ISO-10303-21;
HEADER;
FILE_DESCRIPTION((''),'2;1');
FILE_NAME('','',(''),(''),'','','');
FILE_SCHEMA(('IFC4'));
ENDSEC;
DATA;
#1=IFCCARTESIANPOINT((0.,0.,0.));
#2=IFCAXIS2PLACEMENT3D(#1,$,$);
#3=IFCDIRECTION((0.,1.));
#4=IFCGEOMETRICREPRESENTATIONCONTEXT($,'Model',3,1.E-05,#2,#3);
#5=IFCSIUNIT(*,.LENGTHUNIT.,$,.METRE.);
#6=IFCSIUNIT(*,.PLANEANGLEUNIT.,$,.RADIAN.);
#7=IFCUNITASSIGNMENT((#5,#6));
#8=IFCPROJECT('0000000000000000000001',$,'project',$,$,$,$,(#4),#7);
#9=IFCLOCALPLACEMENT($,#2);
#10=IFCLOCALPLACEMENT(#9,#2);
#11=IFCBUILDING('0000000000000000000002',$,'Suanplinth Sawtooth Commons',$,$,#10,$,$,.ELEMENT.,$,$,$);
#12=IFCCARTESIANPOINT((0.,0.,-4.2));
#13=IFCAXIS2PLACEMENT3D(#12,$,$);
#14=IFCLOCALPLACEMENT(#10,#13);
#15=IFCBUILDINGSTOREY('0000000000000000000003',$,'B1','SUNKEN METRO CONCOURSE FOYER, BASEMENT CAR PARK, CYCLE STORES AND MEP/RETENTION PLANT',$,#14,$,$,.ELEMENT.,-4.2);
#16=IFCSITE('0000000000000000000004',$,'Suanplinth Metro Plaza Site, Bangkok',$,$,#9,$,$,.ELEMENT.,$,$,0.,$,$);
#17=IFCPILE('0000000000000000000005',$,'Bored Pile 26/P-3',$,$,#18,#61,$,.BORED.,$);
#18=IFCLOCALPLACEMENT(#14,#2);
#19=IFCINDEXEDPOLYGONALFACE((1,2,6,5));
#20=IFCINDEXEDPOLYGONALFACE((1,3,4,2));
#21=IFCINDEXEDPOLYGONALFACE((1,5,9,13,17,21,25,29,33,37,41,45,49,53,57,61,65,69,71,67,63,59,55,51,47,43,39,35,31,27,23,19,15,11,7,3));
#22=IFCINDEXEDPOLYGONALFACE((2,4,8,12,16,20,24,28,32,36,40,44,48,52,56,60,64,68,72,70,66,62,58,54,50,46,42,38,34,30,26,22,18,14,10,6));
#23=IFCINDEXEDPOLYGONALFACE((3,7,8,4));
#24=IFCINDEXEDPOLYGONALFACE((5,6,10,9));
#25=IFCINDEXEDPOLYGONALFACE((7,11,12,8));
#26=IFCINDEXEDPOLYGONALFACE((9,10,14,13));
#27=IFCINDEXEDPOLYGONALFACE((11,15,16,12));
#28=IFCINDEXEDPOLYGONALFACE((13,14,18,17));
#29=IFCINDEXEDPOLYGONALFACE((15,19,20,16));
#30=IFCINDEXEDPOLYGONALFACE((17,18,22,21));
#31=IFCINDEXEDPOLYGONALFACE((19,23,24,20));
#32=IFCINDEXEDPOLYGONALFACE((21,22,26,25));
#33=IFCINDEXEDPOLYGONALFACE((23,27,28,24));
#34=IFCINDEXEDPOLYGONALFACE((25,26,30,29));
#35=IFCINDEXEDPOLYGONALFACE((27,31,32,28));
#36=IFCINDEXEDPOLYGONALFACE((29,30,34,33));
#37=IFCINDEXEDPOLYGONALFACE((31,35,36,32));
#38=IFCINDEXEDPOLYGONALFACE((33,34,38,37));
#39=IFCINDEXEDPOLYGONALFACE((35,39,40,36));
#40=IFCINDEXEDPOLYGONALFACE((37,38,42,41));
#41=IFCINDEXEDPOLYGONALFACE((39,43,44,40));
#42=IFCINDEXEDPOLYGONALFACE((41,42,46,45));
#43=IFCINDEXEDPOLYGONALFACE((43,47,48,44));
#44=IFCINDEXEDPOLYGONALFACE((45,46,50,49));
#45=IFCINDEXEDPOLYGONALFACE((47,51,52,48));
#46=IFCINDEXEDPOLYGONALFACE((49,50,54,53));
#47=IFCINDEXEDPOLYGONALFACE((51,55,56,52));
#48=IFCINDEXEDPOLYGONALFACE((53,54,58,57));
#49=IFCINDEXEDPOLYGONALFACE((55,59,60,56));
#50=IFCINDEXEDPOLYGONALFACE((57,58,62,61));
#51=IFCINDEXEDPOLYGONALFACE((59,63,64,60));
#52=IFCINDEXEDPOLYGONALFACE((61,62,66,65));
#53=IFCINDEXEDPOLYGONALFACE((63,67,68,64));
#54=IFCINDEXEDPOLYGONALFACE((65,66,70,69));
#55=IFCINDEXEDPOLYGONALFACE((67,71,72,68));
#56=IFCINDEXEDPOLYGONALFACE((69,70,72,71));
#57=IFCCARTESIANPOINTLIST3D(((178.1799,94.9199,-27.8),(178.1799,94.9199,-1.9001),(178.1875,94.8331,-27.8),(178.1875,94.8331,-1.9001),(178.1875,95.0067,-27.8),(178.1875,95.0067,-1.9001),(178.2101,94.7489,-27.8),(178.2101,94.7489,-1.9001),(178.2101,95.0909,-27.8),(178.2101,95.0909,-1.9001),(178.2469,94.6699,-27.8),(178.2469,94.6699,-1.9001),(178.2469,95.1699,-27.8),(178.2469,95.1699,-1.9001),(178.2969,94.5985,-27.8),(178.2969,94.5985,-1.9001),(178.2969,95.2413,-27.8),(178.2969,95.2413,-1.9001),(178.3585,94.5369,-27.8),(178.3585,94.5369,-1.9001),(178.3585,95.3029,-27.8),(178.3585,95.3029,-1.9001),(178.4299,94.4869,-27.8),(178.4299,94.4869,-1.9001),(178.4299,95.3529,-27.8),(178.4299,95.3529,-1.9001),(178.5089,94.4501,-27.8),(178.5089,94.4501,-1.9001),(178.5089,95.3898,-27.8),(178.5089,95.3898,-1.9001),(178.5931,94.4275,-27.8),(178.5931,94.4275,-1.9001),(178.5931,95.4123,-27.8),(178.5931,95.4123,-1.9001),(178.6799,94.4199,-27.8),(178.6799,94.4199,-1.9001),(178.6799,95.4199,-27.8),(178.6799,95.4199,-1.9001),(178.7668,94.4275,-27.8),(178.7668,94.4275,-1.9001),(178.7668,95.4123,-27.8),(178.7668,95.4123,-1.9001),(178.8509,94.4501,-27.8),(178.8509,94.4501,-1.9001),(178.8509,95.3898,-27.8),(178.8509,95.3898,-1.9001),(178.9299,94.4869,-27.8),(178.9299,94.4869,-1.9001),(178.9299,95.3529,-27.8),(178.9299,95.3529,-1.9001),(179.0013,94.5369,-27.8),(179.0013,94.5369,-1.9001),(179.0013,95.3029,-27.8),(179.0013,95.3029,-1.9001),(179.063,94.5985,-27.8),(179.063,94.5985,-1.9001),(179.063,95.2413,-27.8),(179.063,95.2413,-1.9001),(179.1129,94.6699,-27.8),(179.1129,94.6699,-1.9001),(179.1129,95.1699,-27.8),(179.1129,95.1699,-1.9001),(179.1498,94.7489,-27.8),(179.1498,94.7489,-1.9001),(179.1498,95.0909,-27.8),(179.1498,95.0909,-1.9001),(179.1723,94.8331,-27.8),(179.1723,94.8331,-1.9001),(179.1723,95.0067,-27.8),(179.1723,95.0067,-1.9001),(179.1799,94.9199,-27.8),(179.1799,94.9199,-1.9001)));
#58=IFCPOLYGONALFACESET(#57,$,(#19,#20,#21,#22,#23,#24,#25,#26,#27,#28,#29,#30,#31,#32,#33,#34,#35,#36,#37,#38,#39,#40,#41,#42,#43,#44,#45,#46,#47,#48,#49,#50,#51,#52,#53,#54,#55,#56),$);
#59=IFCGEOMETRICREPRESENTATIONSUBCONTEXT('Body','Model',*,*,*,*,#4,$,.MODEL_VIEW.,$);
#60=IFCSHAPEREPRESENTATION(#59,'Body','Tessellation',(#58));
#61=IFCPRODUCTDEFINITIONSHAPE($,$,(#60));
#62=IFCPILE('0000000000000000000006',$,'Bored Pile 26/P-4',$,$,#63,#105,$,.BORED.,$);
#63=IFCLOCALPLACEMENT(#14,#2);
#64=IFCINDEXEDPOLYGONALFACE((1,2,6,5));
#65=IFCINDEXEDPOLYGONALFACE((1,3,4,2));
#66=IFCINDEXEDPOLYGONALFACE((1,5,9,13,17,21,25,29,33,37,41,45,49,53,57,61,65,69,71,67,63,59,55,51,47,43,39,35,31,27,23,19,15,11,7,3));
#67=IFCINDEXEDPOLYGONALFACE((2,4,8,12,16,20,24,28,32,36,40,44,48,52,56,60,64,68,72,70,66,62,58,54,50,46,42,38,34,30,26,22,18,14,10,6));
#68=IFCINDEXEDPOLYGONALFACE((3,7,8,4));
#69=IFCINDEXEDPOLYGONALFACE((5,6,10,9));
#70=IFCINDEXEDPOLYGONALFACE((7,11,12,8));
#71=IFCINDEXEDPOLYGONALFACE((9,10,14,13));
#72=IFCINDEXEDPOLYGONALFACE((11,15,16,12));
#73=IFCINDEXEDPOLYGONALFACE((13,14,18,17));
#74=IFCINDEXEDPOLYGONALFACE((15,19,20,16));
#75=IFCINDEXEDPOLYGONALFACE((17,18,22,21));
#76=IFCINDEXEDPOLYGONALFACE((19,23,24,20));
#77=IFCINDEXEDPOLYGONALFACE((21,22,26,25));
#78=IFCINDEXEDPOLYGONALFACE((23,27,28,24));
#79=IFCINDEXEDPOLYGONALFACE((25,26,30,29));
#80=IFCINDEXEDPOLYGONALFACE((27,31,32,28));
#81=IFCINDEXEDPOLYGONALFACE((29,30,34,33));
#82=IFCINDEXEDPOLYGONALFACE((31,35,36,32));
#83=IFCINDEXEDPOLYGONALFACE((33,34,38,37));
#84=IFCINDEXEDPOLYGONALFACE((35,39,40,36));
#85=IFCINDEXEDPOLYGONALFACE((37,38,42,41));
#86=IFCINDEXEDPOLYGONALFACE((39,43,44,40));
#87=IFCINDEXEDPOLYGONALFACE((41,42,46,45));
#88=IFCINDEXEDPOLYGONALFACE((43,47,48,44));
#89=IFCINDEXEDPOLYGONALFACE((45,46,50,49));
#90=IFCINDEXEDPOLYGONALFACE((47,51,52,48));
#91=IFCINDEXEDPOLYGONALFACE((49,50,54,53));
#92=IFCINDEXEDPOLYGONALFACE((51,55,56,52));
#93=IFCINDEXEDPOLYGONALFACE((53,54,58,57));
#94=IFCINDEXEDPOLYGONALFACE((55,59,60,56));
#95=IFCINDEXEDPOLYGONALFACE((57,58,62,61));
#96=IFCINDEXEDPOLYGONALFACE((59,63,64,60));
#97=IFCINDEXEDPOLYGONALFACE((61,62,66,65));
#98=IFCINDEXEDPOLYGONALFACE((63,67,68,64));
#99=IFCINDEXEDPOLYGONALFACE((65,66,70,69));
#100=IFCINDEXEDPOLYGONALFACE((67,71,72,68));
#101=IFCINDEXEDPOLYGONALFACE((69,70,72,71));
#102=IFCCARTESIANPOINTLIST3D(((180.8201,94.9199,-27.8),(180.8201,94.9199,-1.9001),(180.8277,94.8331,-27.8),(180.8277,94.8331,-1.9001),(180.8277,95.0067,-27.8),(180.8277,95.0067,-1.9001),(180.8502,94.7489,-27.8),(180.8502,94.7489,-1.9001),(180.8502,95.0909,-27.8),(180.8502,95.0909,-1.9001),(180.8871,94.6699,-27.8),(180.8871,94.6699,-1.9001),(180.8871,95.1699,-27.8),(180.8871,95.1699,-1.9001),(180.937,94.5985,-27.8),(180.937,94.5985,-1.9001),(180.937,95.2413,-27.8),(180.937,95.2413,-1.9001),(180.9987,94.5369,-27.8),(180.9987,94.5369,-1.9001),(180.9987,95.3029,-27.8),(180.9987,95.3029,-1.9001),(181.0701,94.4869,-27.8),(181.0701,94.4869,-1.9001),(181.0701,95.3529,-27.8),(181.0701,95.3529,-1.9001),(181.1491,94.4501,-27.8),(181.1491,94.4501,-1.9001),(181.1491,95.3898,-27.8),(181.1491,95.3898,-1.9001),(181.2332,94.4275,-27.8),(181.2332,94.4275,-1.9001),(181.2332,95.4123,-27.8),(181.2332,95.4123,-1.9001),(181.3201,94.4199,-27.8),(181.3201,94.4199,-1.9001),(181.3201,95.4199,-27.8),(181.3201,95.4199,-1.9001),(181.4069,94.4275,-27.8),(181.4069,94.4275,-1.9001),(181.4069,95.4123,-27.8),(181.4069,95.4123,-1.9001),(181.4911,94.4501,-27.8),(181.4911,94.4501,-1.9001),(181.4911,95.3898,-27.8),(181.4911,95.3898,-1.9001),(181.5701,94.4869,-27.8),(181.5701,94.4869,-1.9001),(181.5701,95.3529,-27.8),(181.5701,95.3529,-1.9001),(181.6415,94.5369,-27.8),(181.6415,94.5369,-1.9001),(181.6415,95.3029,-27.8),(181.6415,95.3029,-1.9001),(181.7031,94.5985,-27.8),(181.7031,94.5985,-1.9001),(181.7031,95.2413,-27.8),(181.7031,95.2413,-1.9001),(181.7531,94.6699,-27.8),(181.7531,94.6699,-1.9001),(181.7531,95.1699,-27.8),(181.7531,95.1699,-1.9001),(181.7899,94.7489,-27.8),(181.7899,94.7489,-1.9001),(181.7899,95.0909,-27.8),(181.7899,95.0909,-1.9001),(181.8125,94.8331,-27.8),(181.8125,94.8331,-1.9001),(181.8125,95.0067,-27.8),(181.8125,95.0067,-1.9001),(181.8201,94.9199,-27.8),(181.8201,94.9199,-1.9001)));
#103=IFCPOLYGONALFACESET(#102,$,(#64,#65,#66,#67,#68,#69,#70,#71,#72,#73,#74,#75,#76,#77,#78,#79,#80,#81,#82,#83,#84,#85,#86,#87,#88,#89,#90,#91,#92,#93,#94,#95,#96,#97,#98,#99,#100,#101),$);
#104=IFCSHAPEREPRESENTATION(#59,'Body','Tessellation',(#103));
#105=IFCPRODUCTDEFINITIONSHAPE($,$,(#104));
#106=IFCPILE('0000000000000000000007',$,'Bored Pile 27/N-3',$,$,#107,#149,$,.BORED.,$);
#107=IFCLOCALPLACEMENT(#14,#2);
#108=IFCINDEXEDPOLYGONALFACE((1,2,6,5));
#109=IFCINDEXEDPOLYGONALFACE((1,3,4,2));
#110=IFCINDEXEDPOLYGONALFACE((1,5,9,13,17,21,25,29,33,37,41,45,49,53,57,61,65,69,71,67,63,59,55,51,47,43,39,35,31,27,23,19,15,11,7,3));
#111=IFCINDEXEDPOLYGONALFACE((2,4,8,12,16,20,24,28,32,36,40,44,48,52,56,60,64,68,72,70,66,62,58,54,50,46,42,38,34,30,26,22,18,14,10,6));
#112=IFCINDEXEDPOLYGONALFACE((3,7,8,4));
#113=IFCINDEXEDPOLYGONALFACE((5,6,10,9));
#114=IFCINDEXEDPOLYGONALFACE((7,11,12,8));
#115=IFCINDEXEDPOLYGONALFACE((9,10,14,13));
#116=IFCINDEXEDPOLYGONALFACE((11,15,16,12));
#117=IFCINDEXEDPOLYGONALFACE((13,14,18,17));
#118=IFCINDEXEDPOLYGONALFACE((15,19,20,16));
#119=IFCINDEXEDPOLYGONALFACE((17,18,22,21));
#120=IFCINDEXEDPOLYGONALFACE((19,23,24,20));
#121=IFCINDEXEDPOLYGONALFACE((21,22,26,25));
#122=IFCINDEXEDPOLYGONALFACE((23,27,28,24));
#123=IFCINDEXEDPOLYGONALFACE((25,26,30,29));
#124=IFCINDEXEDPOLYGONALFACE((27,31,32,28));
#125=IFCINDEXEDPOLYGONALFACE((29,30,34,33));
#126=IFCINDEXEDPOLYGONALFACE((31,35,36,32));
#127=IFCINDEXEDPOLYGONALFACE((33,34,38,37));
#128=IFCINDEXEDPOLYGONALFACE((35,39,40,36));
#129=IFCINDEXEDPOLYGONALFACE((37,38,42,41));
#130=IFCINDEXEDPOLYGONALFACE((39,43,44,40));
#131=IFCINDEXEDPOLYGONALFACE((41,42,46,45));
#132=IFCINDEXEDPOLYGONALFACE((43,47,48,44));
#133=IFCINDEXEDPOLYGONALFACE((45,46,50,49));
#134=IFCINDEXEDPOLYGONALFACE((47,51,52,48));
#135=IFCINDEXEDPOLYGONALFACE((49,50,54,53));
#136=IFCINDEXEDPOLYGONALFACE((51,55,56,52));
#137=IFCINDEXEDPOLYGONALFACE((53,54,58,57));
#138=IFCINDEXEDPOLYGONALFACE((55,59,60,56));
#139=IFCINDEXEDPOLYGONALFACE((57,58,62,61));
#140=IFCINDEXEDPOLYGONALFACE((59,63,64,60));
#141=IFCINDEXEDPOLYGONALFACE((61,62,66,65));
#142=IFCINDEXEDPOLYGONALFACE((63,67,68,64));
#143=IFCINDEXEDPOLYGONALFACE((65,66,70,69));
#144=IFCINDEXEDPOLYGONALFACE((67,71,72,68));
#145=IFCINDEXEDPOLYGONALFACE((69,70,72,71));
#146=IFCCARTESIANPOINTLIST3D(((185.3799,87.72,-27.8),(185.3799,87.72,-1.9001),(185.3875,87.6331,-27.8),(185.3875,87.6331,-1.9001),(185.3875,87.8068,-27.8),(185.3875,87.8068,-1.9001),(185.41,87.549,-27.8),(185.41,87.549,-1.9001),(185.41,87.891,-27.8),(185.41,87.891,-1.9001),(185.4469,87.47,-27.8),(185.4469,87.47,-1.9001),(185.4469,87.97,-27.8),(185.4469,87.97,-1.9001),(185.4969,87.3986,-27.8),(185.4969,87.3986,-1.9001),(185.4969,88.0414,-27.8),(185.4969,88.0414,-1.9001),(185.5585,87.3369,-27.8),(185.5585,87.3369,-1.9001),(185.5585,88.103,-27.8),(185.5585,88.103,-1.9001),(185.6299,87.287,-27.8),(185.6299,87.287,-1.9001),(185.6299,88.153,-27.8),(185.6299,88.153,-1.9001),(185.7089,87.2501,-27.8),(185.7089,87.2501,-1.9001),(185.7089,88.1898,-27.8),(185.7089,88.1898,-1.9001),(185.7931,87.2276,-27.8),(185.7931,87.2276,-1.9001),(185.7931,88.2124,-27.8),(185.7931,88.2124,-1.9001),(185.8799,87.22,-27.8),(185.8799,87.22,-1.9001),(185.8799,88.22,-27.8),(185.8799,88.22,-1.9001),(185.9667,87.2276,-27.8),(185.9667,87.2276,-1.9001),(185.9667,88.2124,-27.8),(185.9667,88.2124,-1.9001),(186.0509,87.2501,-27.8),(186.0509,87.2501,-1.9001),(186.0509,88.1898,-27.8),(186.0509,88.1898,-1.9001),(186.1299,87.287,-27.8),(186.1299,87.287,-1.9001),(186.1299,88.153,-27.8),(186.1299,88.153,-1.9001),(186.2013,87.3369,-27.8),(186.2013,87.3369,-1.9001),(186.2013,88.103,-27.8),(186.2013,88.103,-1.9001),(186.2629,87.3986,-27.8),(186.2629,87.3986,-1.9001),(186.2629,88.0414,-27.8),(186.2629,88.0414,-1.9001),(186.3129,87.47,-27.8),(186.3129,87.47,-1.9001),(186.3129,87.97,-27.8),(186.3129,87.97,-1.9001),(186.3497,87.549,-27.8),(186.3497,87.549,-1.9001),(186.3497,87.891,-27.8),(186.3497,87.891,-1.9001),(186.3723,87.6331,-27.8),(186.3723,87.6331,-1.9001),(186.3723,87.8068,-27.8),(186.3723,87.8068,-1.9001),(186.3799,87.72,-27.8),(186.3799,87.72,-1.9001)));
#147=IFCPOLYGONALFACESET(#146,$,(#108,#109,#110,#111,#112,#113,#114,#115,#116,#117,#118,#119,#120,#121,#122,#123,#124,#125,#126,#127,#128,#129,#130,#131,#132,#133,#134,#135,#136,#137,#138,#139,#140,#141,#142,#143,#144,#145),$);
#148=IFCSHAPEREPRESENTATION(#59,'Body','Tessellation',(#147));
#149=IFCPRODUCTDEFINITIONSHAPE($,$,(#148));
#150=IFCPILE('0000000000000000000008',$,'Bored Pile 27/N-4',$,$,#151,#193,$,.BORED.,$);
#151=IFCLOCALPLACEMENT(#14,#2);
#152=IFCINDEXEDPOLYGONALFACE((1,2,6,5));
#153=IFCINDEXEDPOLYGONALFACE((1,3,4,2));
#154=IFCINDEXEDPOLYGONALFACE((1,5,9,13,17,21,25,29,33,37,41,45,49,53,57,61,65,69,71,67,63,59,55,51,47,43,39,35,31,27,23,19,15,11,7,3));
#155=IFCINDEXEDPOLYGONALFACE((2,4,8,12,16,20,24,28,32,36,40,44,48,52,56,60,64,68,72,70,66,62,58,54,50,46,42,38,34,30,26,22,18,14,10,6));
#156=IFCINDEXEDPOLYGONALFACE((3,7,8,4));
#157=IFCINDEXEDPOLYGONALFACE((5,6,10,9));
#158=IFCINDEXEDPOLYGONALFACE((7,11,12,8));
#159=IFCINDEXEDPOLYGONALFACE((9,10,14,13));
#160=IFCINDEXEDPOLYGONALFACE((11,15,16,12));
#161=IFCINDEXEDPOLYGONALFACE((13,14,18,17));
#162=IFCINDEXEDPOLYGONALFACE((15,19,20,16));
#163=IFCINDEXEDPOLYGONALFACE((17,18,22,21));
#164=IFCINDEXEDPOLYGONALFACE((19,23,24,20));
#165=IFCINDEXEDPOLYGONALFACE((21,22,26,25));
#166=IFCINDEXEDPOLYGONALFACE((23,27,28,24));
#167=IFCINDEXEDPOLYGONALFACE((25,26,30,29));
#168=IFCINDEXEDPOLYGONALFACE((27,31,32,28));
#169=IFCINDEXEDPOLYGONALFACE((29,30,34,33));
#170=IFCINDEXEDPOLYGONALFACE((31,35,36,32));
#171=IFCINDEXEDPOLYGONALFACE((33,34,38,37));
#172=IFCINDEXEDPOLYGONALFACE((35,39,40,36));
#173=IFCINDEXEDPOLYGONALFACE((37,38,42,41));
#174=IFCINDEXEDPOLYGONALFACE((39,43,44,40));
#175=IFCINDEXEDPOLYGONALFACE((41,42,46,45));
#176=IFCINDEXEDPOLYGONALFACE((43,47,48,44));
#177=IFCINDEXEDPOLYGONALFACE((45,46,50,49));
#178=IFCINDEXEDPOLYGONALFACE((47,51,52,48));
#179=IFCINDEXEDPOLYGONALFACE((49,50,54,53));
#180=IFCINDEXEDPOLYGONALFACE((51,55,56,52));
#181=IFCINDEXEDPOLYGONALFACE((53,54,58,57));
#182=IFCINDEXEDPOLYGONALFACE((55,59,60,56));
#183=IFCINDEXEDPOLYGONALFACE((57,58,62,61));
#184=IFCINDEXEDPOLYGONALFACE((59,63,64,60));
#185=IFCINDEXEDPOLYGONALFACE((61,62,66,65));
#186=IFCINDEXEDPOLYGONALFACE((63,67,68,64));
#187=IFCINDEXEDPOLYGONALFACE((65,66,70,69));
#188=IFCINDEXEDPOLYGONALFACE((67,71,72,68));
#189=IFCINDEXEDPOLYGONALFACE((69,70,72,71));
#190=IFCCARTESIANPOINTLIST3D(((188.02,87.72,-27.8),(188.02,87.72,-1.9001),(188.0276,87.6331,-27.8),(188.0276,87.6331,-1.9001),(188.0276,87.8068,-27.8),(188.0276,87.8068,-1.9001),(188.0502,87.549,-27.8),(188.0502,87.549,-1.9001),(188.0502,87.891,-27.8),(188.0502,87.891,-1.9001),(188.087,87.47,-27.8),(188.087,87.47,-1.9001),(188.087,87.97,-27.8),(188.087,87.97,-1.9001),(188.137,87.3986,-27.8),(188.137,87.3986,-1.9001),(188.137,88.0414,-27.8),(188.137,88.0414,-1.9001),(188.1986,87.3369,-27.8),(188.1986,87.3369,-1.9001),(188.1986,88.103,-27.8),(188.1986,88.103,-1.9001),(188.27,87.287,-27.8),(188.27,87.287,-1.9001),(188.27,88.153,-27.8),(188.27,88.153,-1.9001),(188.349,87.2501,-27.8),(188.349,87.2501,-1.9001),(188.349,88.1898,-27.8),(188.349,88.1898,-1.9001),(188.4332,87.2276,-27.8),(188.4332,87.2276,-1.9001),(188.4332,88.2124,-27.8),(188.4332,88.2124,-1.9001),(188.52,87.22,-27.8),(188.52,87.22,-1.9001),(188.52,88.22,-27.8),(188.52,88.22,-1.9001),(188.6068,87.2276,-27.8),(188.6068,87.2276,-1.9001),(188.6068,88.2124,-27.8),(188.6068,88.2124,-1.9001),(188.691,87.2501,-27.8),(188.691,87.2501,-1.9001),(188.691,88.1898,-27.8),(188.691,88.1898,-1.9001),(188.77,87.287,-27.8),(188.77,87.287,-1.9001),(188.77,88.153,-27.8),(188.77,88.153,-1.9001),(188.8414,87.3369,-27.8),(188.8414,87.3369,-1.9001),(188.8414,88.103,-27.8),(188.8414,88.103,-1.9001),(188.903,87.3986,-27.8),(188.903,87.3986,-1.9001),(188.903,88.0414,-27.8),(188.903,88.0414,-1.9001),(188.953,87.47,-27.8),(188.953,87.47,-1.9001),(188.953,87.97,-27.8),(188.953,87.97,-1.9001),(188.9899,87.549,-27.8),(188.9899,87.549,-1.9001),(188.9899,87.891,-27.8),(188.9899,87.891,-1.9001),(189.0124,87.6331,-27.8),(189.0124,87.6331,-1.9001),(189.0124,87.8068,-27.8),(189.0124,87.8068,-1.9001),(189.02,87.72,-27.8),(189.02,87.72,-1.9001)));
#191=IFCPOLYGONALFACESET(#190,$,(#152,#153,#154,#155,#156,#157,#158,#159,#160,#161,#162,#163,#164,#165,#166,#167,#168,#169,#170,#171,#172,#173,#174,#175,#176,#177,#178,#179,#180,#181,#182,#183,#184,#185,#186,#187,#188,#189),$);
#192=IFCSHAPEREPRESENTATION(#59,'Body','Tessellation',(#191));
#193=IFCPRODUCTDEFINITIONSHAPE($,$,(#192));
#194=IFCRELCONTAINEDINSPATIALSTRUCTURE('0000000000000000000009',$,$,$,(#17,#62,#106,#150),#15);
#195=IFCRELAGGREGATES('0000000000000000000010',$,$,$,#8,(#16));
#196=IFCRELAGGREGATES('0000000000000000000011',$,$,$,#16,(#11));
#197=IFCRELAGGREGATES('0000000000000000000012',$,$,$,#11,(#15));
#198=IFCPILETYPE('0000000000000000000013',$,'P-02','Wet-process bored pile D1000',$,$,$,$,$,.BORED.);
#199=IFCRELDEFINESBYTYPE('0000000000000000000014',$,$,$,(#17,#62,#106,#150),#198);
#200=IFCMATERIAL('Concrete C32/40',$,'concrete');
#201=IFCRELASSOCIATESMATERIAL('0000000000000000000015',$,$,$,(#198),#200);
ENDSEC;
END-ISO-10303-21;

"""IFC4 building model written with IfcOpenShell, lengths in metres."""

from ifc_helpers import new_model, si_unit, direction, frame, origin, origin_2d, place, context, subcontext, project, spatial, circle, extrude, material, material_profile, profile_set, type_object, element, save


model = new_model("IFC4")

# Units and contexts
model_context = context("Model", 3, precision=1e-05, world=origin(), true_north=direction((0.0, 1.0)))
body_context = subcontext(model_context, "Body", "Model", "MODEL_VIEW")
ifc_project = project(units=[si_unit("LENGTHUNIT", "METRE"), si_unit("PLANEANGLEUNIT", "RADIAN")], contexts=[model_context])

# Site, building, storey
site_placement = place(None, origin())
site = spatial("IfcSite", under=ifc_project, at=site_placement, Name="Suanplinth Metro Plaza Site, Bangkok", CompositionType="ELEMENT", RefElevation=0.0)
building_placement = place(site_placement, origin())
building = spatial("IfcBuilding", under=site, at=building_placement, Name="Suanplinth Sawtooth Commons", CompositionType="ELEMENT")
storey_placement = place(building_placement, frame((0.0, 0.0, -4.2)))
storey = spatial("IfcBuildingStorey", under=building, at=storey_placement, Name="B1", Description="SUNKEN METRO CONCOURSE FOYER, BASEMENT CAR PARK, CYCLE STORES AND MEP/RETENTION PLANT", CompositionType="ELEMENT", Elevation=-4.2)

# Piles
ifc_material_1 = material(Name="Concrete C32/40", Category="concrete")
ifc_material_profile_1 = material_profile(ifc_material_1, circle(Radius=0.5, at=origin_2d()), Name="PILE D1000")
ifc_profile_set_1 = profile_set([ifc_material_profile_1], Name="Concrete C32/40")
pile_type = type_object("IfcPileType", Name="P-02", Description="Wet-process bored pile D1000", PredefinedType="BORED", material=ifc_profile_set_1)
for number, where, z_axis, x_axis, name in (
    (1, (178.6799, 94.9199, -1.9001), (0.0, 0.0, -1.0), (1.0, 0.0, 0.0), "Bored Pile 26/P-3"),
    (2, (181.3201, 94.9199, -1.9001), (0.0, 0.0, -1.0), (1.0, 0.0, 0.0), "Bored Pile 26/P-4"),
    (3, (185.8799, 87.72, -1.9001), (0.0, 0.0, -1.0), (1.0, 0.0, 0.0), "Bored Pile 27/N-3"),
    (4, (188.52, 87.72, -1.9001), (0.0, 0.0, -1.0), (1.0, 0.0, 0.0), "Bored Pile 27/N-4"),
):
    element("IfcPile", number, at=place(storey_placement, frame(where, z_axis=z_axis, x_axis=x_axis)), inside=storey, type_object=pile_type, Name=name, PredefinedType="BORED", context=body_context, shape_type="SweptSolid", body=[
        extrude(circle(Radius=0.5, at=origin_2d()), origin(), (0.0, 0.0, 1.0), 25.8999),
    ])

save(model, "model.ifc")
